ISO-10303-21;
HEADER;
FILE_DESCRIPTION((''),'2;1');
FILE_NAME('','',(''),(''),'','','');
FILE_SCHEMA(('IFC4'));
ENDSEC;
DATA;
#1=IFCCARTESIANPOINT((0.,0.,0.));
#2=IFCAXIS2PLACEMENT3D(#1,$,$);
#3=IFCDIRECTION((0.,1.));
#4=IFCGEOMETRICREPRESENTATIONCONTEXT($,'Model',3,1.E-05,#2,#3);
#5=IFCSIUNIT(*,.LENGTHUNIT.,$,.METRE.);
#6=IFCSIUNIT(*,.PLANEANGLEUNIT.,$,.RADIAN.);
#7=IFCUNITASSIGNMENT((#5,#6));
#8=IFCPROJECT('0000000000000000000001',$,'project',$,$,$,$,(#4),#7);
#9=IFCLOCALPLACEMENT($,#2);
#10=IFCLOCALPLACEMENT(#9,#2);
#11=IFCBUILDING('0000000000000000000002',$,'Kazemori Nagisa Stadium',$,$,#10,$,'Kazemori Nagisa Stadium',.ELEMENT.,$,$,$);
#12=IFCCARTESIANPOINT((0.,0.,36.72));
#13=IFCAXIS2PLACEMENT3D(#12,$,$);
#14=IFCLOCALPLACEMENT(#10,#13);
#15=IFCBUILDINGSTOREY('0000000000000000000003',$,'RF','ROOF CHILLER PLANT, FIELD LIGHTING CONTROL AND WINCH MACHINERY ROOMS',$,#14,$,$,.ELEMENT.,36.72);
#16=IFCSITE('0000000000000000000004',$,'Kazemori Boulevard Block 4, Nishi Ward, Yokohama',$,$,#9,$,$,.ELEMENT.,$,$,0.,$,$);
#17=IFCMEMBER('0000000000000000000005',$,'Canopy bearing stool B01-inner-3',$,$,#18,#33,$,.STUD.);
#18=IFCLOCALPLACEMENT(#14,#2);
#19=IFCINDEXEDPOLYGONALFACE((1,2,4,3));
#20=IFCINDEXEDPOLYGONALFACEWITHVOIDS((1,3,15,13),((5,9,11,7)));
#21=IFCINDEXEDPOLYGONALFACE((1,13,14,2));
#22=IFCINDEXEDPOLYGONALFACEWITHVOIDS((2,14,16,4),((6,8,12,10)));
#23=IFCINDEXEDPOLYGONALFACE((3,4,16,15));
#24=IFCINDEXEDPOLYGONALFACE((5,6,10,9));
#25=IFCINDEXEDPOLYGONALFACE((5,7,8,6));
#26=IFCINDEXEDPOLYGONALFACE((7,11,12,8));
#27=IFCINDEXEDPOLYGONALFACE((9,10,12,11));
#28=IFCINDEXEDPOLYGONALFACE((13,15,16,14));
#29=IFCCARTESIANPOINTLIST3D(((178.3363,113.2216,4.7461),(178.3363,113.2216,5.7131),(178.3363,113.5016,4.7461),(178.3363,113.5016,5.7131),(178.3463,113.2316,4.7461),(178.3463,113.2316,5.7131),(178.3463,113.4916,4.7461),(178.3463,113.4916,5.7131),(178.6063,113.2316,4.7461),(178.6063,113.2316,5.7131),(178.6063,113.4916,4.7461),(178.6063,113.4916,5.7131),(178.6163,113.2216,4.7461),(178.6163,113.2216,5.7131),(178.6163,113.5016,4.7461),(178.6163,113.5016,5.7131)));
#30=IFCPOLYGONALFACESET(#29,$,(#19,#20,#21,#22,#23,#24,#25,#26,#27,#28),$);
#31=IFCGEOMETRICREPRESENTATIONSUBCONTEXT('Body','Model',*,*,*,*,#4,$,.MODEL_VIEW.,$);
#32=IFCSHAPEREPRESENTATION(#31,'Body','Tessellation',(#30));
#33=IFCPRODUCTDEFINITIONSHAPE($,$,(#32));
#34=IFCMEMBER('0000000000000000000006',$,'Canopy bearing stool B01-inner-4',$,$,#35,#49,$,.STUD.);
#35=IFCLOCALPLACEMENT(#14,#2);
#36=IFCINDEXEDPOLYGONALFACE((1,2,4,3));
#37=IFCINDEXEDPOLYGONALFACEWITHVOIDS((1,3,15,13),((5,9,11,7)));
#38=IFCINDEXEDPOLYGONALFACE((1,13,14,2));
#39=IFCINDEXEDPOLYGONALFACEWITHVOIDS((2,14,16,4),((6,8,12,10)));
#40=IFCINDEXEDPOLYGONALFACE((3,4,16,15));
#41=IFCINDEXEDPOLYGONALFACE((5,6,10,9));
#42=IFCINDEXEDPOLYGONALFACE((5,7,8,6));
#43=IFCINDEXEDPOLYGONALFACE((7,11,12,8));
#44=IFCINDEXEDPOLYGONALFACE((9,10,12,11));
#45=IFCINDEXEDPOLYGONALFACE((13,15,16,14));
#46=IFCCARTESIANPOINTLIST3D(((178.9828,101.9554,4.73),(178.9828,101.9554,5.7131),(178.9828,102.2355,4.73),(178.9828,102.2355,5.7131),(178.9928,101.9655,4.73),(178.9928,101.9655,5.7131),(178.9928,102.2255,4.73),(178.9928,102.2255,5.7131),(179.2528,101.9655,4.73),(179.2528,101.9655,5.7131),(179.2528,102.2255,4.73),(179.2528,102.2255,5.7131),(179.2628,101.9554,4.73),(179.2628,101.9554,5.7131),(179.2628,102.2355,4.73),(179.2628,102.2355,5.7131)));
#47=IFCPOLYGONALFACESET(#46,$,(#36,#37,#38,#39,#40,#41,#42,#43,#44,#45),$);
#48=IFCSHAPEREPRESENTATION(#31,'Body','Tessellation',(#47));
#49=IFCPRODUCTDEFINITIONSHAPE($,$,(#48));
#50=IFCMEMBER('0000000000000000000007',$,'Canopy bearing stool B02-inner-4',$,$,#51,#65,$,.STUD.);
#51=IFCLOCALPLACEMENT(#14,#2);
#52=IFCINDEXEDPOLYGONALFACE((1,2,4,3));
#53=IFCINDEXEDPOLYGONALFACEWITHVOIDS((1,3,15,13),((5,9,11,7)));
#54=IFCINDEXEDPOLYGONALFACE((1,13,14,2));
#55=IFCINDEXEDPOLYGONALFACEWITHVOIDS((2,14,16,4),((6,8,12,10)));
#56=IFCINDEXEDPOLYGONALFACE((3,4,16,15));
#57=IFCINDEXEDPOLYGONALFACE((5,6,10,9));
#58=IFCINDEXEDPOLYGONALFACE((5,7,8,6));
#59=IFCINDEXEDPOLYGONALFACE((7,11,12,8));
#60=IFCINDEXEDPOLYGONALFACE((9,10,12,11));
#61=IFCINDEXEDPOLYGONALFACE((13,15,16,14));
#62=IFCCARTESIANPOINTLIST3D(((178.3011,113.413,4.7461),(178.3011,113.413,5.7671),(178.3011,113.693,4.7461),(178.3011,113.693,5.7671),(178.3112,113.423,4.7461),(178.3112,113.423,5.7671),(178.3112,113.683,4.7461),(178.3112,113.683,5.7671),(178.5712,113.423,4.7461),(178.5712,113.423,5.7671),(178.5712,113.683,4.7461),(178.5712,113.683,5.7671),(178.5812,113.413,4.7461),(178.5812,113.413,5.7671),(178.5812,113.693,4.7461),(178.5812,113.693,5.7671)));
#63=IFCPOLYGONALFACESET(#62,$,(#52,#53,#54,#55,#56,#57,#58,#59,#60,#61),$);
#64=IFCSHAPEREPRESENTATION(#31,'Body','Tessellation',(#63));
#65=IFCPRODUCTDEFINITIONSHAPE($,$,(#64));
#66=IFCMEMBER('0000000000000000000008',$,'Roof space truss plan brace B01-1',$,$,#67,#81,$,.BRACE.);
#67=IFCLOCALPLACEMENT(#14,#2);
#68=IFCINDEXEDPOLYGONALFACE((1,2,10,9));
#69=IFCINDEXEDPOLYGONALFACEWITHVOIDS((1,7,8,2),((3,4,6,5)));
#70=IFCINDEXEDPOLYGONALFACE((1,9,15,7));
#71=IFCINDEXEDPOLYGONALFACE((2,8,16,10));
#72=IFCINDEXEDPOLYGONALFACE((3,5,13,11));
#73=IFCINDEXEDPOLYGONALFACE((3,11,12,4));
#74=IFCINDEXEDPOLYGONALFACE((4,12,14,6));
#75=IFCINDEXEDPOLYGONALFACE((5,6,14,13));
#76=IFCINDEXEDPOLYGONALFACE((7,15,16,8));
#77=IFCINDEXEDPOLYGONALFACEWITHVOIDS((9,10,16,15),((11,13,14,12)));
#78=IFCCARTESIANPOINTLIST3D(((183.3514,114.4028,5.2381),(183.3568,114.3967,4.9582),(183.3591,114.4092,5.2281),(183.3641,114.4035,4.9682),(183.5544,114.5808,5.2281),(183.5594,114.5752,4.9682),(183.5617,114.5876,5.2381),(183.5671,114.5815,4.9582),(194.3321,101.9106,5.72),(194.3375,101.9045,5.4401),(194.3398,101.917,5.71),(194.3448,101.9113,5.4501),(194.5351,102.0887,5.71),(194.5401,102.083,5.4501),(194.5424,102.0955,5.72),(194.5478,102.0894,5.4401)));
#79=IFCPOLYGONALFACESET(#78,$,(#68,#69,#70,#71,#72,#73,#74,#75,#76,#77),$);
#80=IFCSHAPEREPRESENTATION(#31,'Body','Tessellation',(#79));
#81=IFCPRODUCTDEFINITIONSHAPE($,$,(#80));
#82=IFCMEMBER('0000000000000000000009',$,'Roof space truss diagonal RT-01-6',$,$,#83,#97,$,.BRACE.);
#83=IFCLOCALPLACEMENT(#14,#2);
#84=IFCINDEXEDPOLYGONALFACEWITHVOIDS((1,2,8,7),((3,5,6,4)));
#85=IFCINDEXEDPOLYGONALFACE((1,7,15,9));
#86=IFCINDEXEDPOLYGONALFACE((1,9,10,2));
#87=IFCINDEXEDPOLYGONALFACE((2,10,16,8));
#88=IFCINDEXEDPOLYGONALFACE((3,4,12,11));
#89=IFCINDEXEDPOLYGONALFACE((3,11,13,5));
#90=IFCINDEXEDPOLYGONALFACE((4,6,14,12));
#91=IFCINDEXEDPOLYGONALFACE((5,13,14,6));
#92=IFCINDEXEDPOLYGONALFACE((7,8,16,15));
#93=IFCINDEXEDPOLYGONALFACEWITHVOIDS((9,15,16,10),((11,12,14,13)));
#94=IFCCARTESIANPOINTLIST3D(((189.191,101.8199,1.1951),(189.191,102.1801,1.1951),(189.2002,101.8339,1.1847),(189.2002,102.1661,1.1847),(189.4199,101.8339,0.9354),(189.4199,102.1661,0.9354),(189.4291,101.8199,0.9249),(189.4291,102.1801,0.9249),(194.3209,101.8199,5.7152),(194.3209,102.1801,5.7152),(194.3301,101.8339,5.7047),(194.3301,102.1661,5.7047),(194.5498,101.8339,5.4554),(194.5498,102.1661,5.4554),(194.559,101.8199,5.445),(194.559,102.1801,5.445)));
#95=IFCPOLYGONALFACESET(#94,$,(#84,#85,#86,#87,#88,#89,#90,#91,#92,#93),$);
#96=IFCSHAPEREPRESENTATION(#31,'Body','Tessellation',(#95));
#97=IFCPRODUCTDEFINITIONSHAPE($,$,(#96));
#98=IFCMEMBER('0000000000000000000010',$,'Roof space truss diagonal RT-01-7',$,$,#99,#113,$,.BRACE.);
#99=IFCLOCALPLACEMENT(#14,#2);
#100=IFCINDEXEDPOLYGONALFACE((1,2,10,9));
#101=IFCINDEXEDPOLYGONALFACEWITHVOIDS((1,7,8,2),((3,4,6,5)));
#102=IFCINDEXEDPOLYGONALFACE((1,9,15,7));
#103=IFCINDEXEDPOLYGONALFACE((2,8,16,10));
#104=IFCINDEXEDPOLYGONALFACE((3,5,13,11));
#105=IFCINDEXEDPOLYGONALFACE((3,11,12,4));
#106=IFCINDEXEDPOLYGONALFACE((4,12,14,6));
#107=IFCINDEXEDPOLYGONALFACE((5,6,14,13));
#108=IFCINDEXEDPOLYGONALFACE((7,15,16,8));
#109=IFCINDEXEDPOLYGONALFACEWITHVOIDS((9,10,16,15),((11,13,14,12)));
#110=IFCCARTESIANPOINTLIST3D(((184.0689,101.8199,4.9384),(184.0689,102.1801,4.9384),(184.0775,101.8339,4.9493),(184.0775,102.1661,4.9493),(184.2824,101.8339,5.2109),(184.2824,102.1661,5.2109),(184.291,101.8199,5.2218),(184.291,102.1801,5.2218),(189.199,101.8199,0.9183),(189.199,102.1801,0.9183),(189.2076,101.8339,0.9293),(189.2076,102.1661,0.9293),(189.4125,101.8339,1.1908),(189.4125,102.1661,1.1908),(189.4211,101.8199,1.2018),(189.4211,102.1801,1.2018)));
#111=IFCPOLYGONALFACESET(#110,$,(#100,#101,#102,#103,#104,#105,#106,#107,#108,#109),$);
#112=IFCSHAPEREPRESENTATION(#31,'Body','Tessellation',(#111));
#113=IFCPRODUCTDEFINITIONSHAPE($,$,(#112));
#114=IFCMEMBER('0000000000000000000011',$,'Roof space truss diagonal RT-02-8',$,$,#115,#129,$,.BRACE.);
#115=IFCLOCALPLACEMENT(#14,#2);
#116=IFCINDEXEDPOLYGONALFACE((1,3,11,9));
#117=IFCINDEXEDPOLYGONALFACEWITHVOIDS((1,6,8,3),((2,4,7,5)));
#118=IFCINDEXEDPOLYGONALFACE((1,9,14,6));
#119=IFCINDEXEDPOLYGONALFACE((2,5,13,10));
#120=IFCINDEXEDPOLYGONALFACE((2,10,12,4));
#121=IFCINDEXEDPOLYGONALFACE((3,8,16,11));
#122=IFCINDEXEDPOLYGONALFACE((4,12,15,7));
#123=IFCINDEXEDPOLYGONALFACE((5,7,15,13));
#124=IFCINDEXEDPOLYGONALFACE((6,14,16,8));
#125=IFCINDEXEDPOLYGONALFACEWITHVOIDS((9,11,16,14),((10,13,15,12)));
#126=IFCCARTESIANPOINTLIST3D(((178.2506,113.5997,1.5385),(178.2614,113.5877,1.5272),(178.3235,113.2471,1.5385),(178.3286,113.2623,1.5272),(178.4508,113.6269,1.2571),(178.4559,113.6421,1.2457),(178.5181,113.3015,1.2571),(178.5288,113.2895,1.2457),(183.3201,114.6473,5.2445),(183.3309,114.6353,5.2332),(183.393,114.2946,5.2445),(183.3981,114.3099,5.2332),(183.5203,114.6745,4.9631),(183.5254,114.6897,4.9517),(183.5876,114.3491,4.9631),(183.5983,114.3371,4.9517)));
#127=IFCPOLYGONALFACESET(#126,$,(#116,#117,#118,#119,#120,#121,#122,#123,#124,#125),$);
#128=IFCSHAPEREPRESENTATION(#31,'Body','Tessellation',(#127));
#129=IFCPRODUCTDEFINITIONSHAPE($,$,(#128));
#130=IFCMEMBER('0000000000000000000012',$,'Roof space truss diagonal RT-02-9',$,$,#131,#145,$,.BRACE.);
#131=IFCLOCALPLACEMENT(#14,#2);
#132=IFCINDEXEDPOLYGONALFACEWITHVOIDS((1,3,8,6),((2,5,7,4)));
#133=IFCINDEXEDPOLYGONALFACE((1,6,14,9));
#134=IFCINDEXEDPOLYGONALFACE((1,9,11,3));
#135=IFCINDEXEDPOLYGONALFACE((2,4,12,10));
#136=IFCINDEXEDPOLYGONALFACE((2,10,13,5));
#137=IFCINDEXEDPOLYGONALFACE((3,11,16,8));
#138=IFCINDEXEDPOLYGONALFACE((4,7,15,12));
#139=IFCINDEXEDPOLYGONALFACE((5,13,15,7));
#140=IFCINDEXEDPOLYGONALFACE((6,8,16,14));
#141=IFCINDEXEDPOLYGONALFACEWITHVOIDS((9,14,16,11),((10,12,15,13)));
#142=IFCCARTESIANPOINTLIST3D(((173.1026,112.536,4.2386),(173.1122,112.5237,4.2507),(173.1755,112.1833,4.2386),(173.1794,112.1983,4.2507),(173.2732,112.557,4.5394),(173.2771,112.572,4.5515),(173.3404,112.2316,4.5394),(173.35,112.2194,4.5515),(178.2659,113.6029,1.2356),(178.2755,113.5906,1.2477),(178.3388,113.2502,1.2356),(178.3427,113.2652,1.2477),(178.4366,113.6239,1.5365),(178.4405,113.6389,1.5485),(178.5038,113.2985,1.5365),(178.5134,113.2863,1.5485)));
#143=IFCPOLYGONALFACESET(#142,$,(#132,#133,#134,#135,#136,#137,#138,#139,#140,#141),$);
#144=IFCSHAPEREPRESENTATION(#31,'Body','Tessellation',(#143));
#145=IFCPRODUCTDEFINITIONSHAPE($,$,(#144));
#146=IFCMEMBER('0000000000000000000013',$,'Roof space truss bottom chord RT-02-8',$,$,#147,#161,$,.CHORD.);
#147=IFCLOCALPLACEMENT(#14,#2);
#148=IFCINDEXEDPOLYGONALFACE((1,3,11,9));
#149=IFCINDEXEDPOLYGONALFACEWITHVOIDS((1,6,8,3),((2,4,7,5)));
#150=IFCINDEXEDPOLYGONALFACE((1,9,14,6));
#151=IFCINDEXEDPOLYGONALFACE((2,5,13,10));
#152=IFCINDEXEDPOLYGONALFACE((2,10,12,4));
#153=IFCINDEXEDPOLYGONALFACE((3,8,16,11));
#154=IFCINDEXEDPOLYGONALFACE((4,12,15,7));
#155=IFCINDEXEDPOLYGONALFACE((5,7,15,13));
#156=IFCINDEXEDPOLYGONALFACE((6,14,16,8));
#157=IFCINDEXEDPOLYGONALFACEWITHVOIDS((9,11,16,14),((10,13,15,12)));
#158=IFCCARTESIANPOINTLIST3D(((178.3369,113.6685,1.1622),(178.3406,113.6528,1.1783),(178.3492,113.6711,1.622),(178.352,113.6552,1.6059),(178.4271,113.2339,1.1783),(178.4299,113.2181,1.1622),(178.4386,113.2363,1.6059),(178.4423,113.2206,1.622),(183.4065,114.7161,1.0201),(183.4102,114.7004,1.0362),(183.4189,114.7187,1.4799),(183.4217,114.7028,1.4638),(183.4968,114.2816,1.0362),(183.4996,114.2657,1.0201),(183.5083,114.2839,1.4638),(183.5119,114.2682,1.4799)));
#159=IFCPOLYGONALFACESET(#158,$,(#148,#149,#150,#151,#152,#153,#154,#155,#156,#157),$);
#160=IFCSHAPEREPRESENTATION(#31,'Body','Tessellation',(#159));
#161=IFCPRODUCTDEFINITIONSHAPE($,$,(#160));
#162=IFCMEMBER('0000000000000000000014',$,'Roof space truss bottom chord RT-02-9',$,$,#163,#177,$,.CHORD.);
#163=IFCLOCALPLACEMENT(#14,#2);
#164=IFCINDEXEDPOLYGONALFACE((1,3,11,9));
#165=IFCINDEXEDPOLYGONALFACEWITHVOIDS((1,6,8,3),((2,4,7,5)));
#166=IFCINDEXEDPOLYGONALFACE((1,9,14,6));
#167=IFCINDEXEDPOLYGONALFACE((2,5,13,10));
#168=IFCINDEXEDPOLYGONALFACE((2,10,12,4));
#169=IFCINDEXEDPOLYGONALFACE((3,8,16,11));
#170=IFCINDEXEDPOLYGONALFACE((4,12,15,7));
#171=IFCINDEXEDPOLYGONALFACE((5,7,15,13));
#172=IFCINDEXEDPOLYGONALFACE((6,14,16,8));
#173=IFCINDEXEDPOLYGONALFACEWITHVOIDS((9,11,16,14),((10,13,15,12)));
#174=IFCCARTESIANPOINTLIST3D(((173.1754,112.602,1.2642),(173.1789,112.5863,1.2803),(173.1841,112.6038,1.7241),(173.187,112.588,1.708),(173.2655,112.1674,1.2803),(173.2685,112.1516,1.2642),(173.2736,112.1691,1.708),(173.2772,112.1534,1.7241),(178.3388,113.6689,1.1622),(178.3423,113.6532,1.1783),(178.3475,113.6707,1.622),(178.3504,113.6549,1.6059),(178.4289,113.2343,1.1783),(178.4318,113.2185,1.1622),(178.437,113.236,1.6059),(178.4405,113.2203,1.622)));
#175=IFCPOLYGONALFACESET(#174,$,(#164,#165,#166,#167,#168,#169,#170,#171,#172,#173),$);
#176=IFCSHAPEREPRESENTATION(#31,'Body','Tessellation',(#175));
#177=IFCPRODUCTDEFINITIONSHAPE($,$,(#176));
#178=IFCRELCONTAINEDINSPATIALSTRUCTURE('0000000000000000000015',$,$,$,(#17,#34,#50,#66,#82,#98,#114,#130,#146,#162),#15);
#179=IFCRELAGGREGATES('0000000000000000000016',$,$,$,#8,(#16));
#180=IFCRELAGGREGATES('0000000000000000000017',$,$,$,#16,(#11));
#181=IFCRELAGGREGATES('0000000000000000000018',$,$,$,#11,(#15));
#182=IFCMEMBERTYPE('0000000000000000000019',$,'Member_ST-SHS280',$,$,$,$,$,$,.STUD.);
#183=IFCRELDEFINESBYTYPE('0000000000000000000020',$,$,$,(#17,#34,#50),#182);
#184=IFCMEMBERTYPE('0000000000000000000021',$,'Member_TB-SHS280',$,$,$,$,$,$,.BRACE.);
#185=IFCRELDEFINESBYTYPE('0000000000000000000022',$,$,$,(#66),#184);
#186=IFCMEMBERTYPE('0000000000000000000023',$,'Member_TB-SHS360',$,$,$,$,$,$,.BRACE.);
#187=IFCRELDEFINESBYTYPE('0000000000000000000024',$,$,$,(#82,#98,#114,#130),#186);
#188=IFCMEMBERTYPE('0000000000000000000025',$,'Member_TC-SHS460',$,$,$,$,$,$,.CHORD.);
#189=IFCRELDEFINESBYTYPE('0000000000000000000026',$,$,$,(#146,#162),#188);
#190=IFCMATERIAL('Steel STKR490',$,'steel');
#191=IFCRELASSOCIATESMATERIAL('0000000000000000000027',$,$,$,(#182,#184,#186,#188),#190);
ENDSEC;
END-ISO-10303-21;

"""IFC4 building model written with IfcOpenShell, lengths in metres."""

from ifc_helpers import new_model, si_unit, direction, frame, origin, origin_2d, place, context, subcontext, project, spatial, hollow_rectangle, extrude, material, material_profile, profile_set, type_object, element, save


model = new_model("IFC4")

# Units and contexts
model_context = context("Model", 3, precision=1e-05, world=origin(), true_north=direction((0.0, 1.0)))
body_context = subcontext(model_context, "Body", "Model", "MODEL_VIEW")
ifc_project = project(units=[si_unit("LENGTHUNIT", "METRE"), si_unit("PLANEANGLEUNIT", "RADIAN")], contexts=[model_context])

# Site, building, storey
site_placement = place(None, origin())
site = spatial("IfcSite", under=ifc_project, at=site_placement, Name="Kazemori Boulevard Block 4, Nishi Ward, Yokohama", CompositionType="ELEMENT", RefElevation=0.0)
building_placement = place(site_placement, origin())
building = spatial("IfcBuilding", under=site, at=building_placement, Name="Kazemori Nagisa Stadium", LongName="Kazemori Nagisa Stadium", CompositionType="ELEMENT")
storey_placement = place(building_placement, frame((0.0, 0.0, 36.72)))
storey = spatial("IfcBuildingStorey", under=building, at=storey_placement, Name="RF", Description="ROOF CHILLER PLANT, FIELD LIGHTING CONTROL AND WINCH MACHINERY ROOMS", CompositionType="ELEMENT", Elevation=36.72)

# Members
ifc_material_1 = material(Name="Steel STKR490", Category="steel")
ifc_material_profile_1 = material_profile(ifc_material_1, hollow_rectangle(XDim=0.28, YDim=0.28, WallThickness=0.01, at=origin_2d()), Name="SHS-280x280x10")
ifc_profile_set_1 = profile_set([ifc_material_profile_1], Name="Steel STKR490")
member_type_1 = type_object("IfcMemberType", Name="Member_ST-SHS280", PredefinedType="STUD", material=ifc_profile_set_1)
member_1_placement = place(storey_placement, frame((178.4763, 113.3616, 4.7461), z_axis=(0.0, 0.0, 1.0), x_axis=(1.0, 0.0, 0.0)))
element("IfcMember", 1, at=member_1_placement, inside=storey, type_object=member_type_1, Name="Canopy bearing stool B01-inner-3", PredefinedType="STUD", context=body_context, shape_type="SweptSolid", body=[
    extrude(hollow_rectangle(XDim=0.28, YDim=0.28, WallThickness=0.01, at=origin_2d()), origin(), (0.0, 0.0, 1.0), 0.967),
])
member_2_placement = place(storey_placement, frame((179.1228, 102.0955, 4.73), z_axis=(0.0, 0.0, 1.0), x_axis=(1.0, 0.0, 0.0)))
element("IfcMember", 2, at=member_2_placement, inside=storey, type_object=member_type_1, Name="Canopy bearing stool B01-inner-4", PredefinedType="STUD", context=body_context, shape_type="SweptSolid", body=[
    extrude(hollow_rectangle(XDim=0.28, YDim=0.28, WallThickness=0.01, at=origin_2d()), origin(), (0.0, 0.0, 1.0), 0.9832),
])
member_3_placement = place(storey_placement, frame((178.4412, 113.553, 4.7461), z_axis=(0.0, 0.0, 1.0), x_axis=(1.0, 0.0, 0.0)))
element("IfcMember", 3, at=member_3_placement, inside=storey, type_object=member_type_1, Name="Canopy bearing stool B02-inner-4", PredefinedType="STUD", context=body_context, shape_type="SweptSolid", body=[
    extrude(hollow_rectangle(XDim=0.28, YDim=0.28, WallThickness=0.01, at=origin_2d()), origin(), (0.0, 0.0, 1.0), 1.021),
])
ifc_material_profile_2 = material_profile(ifc_material_1, hollow_rectangle(XDim=0.28, YDim=0.28, WallThickness=0.01, at=origin_2d()), Name="SHS-280x280x10")
ifc_profile_set_2 = profile_set([ifc_material_profile_2], Name="Steel STKR490")
member_type_2 = type_object("IfcMemberType", Name="Member_TB-SHS280", PredefinedType="BRACE", material=ifc_profile_set_2)
member_4_placement = place(storey_placement, frame((194.4399, 102.0, 5.5801), z_axis=(-0.65993, 0.750768, -0.028964), x_axis=(-0.751084, -0.660207, 0.0)))
element("IfcMember", 4, at=member_4_placement, inside=storey, type_object=member_type_2, Name="Roof space truss plan brace B01-1", PredefinedType="BRACE", context=body_context, shape_type="SweptSolid", body=[
    extrude(hollow_rectangle(XDim=0.28, YDim=0.28, WallThickness=0.01, at=origin_2d()), origin(), (0.0, 0.0, 1.0), 16.6392),
])
ifc_material_profile_3 = material_profile(ifc_material_1, hollow_rectangle(XDim=0.3601, YDim=0.3601, WallThickness=0.0139, at=origin_2d()), Name="SHS-360x360x14")
ifc_profile_set_3 = profile_set([ifc_material_profile_3], Name="Steel STKR490")
member_type_3 = type_object("IfcMemberType", Name="Member_TB-SHS360", PredefinedType="BRACE", material=ifc_profile_set_3)
member_5_placement = place(storey_placement, frame((194.4399, 102.0, 5.5801), z_axis=(-0.750298, 0.0, -0.661099), x_axis=(0.0, -1.0, 0.0)))
element("IfcMember", 5, at=member_5_placement, inside=storey, type_object=member_type_3, Name="Roof space truss diagonal RT-01-6", PredefinedType="BRACE", context=body_context, shape_type="SweptSolid", body=[
    extrude(hollow_rectangle(XDim=0.3601, YDim=0.3601, WallThickness=0.0139, at=origin_2d()), origin(), (0.0, 0.0, 1.0), 6.8372),
])
member_6_placement = place(storey_placement, frame((189.3101, 102.0, 1.0601), z_axis=(-0.787122, 0.0, 0.616797), x_axis=(0.0, -1.0, 0.0)))
element("IfcMember", 6, at=member_6_placement, inside=storey, type_object=member_type_3, Name="Roof space truss diagonal RT-01-7", PredefinedType="BRACE", context=body_context, shape_type="SweptSolid", body=[
    extrude(hollow_rectangle(XDim=0.3601, YDim=0.3601, WallThickness=0.0139, at=origin_2d()), origin(), (0.0, 0.0, 1.0), 6.5176),
])
member_7_placement = place(storey_placement, frame((183.4592, 114.4922, 5.0981), z_axis=(-0.796284, -0.164549, -0.582113), x_axis=(0.20237, -0.979309, 0.0)))
element("IfcMember", 7, at=member_7_placement, inside=storey, type_object=member_type_3, Name="Roof space truss diagonal RT-02-8", PredefinedType="BRACE", context=body_context, shape_type="SweptSolid", body=[
    extrude(hollow_rectangle(XDim=0.3601, YDim=0.3601, WallThickness=0.0139, at=origin_2d()), origin(), (0.0, 0.0, 1.0), 6.3665),
])
member_8_placement = place(storey_placement, frame((178.3896, 113.4446, 1.3921), z_axis=(-0.850967, -0.175835, 0.494912), x_axis=(0.202354, -0.979312, 0.0)))
element("IfcMember", 8, at=member_8_placement, inside=storey, type_object=member_type_3, Name="Roof space truss diagonal RT-02-9", PredefinedType="BRACE", context=body_context, shape_type="SweptSolid", body=[
    extrude(hollow_rectangle(XDim=0.3601, YDim=0.3601, WallThickness=0.0139, at=origin_2d()), origin(), (0.0, 0.0, 1.0), 6.0676),
])
ifc_material_profile_4 = material_profile(ifc_material_1, hollow_rectangle(XDim=0.46, YDim=0.46, WallThickness=0.0161, at=origin_2d()), Name="SHS-460x460x16")
ifc_profile_set_4 = profile_set([ifc_material_profile_4], Name="Steel STKR490")
member_type_4 = type_object("IfcMemberType", Name="Member_TC-SHS460", PredefinedType="CHORD", material=ifc_profile_set_4)
member_9_placement = place(storey_placement, frame((183.4592, 114.4922, 1.25), z_axis=(-0.97894, -0.202294, 0.027438), x_axis=(0.20237, -0.979309, 0.0)))
element("IfcMember", 9, at=member_9_placement, inside=storey, type_object=member_type_4, Name="Roof space truss bottom chord RT-02-8", PredefinedType="CHORD", context=body_context, shape_type="SweptSolid", body=[
    extrude(hollow_rectangle(XDim=0.46, YDim=0.46, WallThickness=0.0161, at=origin_2d()), origin(), (0.0, 0.0, 1.0), 5.1787),
])
member_10_placement = place(storey_placement, frame((178.3896, 113.4446, 1.3921), z_axis=(-0.979129, -0.202317, 0.019352), x_axis=(0.202354, -0.979312, 0.0)))
element("IfcMember", 10, at=member_10_placement, inside=storey, type_object=member_type_4, Name="Roof space truss bottom chord RT-02-9", PredefinedType="CHORD", context=body_context, shape_type="SweptSolid", body=[
    extrude(hollow_rectangle(XDim=0.46, YDim=0.46, WallThickness=0.0161, at=origin_2d()), origin(), (0.0, 0.0, 1.0), 5.2734),
])

save(model, "model.ifc")
